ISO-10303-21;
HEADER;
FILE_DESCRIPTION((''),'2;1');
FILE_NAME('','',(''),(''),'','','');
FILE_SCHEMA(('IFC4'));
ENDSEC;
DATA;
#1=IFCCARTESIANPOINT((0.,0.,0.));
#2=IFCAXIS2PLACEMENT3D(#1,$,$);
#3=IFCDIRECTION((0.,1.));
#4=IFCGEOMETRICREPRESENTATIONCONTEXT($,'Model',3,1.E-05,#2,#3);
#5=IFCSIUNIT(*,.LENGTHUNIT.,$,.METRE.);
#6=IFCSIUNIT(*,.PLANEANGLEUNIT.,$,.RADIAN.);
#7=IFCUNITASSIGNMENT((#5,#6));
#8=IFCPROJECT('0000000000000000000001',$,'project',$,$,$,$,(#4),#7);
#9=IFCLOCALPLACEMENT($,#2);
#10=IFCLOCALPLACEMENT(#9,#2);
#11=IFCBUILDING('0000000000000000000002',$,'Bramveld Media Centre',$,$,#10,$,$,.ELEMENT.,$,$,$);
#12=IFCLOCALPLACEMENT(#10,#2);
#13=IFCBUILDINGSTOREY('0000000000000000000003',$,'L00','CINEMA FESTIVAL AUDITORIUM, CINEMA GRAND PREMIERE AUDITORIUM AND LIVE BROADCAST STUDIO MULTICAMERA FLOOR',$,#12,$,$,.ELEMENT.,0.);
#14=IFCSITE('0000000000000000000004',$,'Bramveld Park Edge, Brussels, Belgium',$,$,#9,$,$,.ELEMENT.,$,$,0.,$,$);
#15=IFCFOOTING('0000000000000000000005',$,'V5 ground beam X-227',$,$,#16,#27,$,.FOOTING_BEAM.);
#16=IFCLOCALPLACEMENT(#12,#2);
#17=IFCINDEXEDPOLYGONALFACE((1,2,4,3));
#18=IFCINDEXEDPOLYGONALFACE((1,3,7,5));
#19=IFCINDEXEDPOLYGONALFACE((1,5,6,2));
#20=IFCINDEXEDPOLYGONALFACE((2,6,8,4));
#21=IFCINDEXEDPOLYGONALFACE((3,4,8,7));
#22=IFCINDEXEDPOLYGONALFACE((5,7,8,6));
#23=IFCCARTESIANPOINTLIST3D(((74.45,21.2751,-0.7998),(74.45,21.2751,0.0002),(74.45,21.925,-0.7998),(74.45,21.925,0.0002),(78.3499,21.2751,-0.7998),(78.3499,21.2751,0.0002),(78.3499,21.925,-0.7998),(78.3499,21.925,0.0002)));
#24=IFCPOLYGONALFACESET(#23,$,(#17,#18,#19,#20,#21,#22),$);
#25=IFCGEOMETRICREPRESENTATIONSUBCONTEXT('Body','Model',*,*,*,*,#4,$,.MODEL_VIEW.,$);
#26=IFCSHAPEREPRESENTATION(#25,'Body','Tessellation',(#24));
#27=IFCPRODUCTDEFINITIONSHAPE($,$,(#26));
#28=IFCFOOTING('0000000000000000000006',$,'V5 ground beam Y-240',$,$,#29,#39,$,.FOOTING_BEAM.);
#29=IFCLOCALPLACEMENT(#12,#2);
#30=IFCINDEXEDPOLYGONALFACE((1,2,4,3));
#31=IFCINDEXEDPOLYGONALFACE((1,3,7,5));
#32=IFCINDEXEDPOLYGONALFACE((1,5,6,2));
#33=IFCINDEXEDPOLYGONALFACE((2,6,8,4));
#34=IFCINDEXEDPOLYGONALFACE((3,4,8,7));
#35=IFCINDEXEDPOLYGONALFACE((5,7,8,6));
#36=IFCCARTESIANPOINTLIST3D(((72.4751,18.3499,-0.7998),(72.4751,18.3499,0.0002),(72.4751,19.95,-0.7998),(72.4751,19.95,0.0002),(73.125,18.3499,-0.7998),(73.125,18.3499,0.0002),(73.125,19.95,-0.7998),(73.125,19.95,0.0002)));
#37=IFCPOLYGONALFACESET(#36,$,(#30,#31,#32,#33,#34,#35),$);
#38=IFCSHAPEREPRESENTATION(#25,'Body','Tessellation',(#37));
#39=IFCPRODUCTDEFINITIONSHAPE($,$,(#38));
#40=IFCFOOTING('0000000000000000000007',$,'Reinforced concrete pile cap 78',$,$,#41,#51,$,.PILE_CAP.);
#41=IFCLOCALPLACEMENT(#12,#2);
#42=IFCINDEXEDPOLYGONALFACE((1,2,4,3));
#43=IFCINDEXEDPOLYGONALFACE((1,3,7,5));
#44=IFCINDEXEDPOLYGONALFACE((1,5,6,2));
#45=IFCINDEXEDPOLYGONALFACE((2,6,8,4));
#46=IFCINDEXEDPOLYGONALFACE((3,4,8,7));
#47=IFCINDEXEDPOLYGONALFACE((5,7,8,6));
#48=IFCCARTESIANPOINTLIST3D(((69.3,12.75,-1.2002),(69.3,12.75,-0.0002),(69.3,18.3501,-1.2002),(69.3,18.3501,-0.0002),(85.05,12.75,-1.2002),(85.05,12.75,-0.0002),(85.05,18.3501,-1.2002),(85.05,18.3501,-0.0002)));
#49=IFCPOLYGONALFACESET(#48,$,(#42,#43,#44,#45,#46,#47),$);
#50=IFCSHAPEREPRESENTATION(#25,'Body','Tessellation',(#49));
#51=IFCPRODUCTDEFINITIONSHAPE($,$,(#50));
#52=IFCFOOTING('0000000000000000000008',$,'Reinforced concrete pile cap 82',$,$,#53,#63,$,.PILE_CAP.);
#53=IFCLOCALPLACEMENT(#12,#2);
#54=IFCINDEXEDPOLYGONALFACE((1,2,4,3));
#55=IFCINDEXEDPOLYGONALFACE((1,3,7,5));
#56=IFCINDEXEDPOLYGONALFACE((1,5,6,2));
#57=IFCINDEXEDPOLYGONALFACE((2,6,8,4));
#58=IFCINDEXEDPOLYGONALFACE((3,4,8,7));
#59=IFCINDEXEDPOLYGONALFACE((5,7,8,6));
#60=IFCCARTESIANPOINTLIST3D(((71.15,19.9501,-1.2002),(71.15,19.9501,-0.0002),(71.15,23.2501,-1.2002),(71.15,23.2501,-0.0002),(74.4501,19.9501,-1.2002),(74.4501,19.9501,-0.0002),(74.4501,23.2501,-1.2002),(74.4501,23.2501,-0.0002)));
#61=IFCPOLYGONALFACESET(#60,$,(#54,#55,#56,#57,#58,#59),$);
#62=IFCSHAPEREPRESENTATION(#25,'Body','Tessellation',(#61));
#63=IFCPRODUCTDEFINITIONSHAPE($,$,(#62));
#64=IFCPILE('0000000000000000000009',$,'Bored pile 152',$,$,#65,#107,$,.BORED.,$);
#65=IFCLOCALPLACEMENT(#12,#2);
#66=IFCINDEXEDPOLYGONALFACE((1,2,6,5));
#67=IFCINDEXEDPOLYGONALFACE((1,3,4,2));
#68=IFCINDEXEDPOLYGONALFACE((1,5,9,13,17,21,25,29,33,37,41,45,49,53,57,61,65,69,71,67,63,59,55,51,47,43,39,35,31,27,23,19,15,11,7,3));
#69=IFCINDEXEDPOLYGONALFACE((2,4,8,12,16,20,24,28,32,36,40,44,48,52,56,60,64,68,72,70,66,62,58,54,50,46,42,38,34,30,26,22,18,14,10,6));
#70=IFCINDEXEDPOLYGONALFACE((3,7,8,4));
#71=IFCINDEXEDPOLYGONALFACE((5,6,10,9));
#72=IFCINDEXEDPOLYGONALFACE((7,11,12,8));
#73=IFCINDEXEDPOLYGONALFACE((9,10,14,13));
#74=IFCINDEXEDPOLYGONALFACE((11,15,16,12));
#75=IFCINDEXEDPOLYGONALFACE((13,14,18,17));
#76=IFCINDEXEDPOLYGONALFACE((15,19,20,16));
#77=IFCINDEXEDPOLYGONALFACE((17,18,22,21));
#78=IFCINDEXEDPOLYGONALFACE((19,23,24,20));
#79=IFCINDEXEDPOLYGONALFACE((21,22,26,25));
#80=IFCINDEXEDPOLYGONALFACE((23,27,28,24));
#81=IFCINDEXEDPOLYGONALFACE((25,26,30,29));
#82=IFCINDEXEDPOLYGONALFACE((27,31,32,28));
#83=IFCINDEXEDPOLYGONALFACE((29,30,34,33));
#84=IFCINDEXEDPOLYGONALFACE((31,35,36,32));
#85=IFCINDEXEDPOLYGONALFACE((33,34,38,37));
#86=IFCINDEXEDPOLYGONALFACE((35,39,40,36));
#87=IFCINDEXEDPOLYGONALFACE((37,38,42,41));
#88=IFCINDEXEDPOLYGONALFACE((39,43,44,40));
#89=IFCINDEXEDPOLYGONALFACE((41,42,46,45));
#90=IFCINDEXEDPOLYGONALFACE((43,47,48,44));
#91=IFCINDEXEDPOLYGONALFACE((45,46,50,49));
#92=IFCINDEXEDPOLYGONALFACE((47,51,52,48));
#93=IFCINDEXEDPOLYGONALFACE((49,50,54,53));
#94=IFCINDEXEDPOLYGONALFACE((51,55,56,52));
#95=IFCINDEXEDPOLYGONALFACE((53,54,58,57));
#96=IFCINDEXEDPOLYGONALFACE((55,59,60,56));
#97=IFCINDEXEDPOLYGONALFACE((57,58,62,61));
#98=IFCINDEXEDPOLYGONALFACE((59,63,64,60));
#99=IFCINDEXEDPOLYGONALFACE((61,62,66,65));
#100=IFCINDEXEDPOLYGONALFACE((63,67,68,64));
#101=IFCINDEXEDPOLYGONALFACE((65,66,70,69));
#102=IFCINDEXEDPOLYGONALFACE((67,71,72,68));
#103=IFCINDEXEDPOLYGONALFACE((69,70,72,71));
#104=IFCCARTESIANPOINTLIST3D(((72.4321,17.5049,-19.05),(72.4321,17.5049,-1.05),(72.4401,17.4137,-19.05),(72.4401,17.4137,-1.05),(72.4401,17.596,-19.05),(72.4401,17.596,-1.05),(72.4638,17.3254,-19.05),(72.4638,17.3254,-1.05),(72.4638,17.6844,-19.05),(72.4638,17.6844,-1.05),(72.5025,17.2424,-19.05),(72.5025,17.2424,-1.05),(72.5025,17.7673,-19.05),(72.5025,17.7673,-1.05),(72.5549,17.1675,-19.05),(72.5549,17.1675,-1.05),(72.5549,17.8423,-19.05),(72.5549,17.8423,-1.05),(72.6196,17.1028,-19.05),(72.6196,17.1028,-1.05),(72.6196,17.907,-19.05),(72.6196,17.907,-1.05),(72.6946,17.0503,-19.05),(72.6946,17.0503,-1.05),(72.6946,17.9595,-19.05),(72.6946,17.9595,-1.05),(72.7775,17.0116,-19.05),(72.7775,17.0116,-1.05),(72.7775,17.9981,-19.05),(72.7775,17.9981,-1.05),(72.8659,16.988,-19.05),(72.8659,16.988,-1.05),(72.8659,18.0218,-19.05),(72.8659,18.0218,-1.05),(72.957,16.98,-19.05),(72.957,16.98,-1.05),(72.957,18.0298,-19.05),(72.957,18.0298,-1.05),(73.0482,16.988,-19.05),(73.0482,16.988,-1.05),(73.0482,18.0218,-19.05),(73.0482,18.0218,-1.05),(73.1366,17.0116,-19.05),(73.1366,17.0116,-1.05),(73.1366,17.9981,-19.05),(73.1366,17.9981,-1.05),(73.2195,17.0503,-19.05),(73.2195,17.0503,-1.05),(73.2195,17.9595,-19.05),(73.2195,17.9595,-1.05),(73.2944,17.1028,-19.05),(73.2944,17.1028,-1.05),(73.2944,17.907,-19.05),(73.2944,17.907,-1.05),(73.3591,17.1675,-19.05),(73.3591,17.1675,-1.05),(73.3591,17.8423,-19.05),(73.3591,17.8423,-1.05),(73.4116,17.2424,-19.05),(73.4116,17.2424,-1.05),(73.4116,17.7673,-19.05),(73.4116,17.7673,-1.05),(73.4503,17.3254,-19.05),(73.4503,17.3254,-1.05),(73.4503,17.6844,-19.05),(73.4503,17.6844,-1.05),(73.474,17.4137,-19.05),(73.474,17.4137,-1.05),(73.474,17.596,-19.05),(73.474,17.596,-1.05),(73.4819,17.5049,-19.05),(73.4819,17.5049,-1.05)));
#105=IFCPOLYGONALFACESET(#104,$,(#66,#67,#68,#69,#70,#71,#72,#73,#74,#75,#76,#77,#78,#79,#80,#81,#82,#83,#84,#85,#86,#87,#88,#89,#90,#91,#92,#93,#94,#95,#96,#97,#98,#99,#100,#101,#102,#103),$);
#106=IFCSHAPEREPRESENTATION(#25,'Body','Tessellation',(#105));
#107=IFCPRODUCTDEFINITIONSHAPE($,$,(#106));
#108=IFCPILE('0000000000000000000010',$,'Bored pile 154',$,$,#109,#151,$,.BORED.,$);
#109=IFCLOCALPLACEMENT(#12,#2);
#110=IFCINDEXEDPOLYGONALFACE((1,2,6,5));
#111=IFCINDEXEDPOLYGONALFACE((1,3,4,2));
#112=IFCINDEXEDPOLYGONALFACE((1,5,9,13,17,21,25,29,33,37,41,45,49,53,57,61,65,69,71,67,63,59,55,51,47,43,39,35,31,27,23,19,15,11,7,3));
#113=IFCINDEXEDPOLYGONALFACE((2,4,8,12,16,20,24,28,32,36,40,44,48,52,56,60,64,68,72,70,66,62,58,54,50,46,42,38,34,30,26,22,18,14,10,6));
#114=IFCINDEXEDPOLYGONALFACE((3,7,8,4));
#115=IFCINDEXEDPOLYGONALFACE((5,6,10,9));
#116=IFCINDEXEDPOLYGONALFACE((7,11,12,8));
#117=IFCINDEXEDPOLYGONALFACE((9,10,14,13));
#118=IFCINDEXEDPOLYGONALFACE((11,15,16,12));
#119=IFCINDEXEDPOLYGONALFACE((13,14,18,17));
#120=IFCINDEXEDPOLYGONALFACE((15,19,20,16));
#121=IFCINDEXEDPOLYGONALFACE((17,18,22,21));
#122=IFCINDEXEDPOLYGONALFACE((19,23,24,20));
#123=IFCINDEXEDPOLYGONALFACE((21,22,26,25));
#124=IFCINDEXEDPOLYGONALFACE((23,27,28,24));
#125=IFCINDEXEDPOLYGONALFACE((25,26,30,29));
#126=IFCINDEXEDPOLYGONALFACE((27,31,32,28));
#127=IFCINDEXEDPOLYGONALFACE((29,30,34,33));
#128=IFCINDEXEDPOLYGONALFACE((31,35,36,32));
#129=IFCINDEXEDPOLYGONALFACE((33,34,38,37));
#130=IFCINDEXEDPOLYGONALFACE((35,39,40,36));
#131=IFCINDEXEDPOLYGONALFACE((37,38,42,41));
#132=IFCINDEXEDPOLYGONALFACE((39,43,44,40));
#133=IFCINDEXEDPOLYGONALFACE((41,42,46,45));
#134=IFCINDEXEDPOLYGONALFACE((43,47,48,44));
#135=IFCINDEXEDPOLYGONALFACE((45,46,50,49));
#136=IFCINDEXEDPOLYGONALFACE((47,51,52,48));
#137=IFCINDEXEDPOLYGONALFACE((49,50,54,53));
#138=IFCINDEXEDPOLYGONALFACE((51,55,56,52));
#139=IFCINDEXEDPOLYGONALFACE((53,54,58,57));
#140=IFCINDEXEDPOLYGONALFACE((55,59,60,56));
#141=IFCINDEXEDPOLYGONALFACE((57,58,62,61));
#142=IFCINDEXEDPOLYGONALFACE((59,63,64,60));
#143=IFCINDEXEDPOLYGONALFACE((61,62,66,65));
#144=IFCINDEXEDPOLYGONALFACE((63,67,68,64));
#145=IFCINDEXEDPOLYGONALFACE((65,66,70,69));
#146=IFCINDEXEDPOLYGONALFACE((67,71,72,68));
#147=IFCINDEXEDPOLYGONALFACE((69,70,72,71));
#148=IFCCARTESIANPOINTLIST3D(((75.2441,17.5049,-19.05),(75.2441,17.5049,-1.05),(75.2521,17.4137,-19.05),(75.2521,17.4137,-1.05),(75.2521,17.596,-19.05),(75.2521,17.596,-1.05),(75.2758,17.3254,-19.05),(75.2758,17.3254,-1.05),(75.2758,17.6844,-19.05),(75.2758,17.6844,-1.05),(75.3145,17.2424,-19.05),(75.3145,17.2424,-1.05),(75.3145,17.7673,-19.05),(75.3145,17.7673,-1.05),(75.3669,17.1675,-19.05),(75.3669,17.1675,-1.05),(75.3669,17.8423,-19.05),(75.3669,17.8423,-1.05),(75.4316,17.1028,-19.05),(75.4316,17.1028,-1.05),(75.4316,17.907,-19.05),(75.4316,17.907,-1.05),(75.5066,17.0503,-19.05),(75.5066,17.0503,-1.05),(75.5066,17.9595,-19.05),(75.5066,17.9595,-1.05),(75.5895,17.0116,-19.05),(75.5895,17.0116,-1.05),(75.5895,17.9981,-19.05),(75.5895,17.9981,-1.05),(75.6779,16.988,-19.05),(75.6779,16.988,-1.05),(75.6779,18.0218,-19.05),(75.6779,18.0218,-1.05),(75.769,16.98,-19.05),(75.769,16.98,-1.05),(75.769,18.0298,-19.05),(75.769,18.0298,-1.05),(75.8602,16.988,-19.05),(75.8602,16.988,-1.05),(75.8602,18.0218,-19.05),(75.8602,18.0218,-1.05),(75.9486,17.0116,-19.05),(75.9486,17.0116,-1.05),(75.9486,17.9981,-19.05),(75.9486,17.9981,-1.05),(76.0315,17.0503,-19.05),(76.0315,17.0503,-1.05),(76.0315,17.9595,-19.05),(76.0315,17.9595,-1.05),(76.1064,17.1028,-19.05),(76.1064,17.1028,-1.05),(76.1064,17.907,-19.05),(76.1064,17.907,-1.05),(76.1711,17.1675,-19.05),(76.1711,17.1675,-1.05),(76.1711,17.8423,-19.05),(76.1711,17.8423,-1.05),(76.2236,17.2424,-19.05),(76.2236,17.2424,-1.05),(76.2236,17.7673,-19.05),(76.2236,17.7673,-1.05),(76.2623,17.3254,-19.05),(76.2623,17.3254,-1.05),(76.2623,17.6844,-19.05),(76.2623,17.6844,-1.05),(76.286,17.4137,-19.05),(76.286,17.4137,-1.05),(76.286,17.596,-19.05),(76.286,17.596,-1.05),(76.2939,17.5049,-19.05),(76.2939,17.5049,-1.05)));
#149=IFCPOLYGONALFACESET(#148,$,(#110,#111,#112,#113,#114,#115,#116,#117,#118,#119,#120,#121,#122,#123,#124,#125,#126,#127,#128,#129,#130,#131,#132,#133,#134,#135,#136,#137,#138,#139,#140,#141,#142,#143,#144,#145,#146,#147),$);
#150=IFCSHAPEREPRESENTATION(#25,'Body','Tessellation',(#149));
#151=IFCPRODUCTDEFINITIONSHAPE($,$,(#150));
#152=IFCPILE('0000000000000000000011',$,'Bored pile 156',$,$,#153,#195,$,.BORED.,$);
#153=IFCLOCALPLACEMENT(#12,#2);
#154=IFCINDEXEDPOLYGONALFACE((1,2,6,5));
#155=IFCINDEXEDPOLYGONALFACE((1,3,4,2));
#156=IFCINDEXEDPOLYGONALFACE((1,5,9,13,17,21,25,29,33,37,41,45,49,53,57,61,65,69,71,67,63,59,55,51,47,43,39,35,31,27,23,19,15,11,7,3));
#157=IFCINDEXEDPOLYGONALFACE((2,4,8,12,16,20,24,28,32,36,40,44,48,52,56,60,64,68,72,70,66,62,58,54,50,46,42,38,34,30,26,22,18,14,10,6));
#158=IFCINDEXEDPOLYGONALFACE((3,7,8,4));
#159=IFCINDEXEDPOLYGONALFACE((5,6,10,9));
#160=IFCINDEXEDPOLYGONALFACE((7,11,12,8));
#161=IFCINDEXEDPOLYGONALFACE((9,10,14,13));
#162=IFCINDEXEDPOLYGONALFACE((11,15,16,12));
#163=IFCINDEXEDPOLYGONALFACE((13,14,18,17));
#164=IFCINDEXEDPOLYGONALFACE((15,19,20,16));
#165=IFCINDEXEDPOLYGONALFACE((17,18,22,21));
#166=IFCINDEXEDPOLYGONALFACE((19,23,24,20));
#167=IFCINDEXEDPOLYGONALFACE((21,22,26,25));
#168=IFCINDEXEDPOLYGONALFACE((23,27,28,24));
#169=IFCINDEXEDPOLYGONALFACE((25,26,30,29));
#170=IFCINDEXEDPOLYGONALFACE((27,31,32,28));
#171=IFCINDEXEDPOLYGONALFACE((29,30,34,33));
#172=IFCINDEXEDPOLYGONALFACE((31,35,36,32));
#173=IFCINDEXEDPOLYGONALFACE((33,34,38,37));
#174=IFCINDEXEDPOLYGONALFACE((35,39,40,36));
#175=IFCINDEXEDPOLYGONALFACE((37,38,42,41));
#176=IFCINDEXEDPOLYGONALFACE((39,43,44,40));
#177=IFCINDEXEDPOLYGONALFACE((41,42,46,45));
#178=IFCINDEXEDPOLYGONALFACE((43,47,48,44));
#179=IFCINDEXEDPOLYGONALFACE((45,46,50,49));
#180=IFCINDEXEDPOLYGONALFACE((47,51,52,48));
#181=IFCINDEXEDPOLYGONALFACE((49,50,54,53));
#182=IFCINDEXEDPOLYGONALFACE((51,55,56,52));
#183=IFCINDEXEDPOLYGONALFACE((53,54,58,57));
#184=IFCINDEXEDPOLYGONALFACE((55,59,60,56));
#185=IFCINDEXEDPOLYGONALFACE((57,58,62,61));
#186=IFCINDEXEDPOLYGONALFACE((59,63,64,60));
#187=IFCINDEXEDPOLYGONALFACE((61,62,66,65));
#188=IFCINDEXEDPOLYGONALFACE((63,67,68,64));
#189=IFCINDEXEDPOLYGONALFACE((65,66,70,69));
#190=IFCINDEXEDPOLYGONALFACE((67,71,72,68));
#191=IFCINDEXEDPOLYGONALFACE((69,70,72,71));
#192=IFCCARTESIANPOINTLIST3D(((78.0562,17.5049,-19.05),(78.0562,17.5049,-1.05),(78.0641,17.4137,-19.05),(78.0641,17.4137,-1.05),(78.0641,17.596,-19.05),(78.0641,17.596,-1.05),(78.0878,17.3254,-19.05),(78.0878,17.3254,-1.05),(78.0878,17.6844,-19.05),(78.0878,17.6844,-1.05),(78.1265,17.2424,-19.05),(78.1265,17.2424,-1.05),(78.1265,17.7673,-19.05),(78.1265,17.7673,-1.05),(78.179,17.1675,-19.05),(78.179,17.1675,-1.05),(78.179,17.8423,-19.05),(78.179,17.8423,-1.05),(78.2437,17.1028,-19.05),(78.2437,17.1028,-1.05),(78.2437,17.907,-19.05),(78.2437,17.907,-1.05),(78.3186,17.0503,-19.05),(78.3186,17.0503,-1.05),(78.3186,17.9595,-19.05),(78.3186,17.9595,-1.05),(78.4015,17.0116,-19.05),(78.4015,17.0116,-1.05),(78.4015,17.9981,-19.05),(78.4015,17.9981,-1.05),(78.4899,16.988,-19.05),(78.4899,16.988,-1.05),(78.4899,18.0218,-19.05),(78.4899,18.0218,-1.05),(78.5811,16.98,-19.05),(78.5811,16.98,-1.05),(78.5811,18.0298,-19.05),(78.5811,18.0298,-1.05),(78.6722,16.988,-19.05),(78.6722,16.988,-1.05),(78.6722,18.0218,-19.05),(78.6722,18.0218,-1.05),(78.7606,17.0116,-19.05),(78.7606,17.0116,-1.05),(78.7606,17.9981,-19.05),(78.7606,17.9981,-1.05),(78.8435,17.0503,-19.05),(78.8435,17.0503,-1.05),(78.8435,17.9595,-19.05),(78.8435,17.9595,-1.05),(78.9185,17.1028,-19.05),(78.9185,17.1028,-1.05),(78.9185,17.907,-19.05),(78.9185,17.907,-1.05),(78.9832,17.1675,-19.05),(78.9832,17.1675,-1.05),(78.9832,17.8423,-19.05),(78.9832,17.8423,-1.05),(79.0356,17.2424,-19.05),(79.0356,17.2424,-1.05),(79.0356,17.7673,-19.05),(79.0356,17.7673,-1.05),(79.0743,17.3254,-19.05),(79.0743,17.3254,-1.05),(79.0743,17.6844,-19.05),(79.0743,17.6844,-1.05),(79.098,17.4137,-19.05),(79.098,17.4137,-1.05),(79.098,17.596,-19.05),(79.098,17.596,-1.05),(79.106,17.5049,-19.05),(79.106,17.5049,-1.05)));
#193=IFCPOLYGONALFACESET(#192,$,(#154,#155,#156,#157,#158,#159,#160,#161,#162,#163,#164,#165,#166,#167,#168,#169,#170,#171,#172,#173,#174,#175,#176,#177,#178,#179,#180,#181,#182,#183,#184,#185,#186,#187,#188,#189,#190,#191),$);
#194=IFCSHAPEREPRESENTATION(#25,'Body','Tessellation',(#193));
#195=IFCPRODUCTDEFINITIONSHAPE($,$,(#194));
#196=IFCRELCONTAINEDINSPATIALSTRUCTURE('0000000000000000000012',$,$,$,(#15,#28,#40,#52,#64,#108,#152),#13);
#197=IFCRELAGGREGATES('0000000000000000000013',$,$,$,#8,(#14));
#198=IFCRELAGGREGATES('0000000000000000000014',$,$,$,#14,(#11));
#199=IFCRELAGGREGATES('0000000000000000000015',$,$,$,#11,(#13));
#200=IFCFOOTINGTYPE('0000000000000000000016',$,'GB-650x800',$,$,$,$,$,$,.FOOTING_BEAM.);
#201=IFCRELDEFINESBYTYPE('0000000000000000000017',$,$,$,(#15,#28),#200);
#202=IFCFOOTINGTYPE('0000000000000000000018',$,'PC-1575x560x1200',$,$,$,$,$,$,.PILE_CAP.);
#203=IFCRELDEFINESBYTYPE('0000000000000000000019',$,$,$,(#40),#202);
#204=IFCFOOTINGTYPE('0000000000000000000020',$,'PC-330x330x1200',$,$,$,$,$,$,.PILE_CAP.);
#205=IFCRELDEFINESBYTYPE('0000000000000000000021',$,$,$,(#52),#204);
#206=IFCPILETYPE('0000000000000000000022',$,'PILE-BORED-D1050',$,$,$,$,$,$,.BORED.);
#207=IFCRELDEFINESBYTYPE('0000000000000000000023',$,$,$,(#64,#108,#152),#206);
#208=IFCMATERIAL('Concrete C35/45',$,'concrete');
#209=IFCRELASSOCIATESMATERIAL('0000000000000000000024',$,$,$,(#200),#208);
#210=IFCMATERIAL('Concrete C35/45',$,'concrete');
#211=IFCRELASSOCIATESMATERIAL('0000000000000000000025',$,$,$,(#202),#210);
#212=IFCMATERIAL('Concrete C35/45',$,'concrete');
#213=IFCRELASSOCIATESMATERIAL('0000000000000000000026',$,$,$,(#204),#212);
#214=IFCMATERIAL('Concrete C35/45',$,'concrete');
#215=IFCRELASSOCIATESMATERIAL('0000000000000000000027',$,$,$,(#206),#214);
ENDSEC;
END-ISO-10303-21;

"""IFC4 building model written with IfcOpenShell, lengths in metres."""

from ifc_helpers import new_model, si_unit, direction, frame, origin, origin_2d, place, context, subcontext, project, spatial, rectangle, circle, extrude, material, material_profile, profile_set, type_object, element, save


model = new_model("IFC4")

# Units and contexts
model_context = context("Model", 3, precision=1e-05, world=origin(), true_north=direction((0.0, 1.0)))
body_context = subcontext(model_context, "Body", "Model", "MODEL_VIEW")
ifc_project = project(units=[si_unit("LENGTHUNIT", "METRE"), si_unit("PLANEANGLEUNIT", "RADIAN")], contexts=[model_context])

# Site, building, storey
site_placement = place(None, origin())
site = spatial("IfcSite", under=ifc_project, at=site_placement, Name="Bramveld Park Edge, Brussels, Belgium", CompositionType="ELEMENT", RefElevation=0.0)
building_placement = place(site_placement, origin())
building = spatial("IfcBuilding", under=site, at=building_placement, Name="Bramveld Media Centre", CompositionType="ELEMENT")
storey_placement = place(building_placement, origin())
storey = spatial("IfcBuildingStorey", under=building, at=storey_placement, Name="L00", Description="CINEMA FESTIVAL AUDITORIUM, CINEMA GRAND PREMIERE AUDITORIUM AND LIVE BROADCAST STUDIO MULTICAMERA FLOOR", CompositionType="ELEMENT", Elevation=0.0)

# Footings
ifc_material_1 = material(Name="Concrete C35/45", Category="concrete")
footing_type_1 = type_object("IfcFootingType", Name="GB-650x800", PredefinedType="FOOTING_BEAM", material=ifc_material_1)
footing_1_placement = place(storey_placement, frame((76.3999, 21.6001, -0.7998), z_axis=(0.0, 0.0, 1.0), x_axis=(1.0, 0.0, 0.0)))
element("IfcFooting", 1, at=footing_1_placement, inside=storey, type_object=footing_type_1, Name="V5 ground beam X-227", PredefinedType="FOOTING_BEAM", context=body_context, shape_type="SweptSolid", body=[
    extrude(rectangle(XDim=3.8999, YDim=0.6499, at=origin_2d()), origin(), (0.0, 0.0, 1.0), 0.8),
])
footing_2_placement = place(storey_placement, frame((72.8, 19.1499, -0.7998), z_axis=(0.0, 0.0, 1.0), x_axis=(1.0, 0.0, 0.0)))
element("IfcFooting", 2, at=footing_2_placement, inside=storey, type_object=footing_type_1, Name="V5 ground beam Y-240", PredefinedType="FOOTING_BEAM", context=body_context, shape_type="SweptSolid", body=[
    extrude(rectangle(XDim=0.6499, YDim=1.6001, at=origin_2d()), origin(), (0.0, 0.0, 1.0), 0.8),
])
ifc_material_2 = material(Name="Concrete C35/45", Category="concrete")
footing_type_2 = type_object("IfcFootingType", Name="PC-1575x560x1200", PredefinedType="PILE_CAP", material=ifc_material_2)
footing_3_placement = place(storey_placement, frame((77.175, 15.55, -1.2002), z_axis=(0.0, 0.0, 1.0), x_axis=(1.0, 0.0, 0.0)))
element("IfcFooting", 3, at=footing_3_placement, inside=storey, type_object=footing_type_2, Name="Reinforced concrete pile cap 78", PredefinedType="PILE_CAP", context=body_context, shape_type="SweptSolid", body=[
    extrude(rectangle(XDim=15.75, YDim=5.6001, at=origin_2d()), origin(), (0.0, 0.0, 1.0), 1.2),
])
ifc_material_3 = material(Name="Concrete C35/45", Category="concrete")
footing_type_3 = type_object("IfcFootingType", Name="PC-330x330x1200", PredefinedType="PILE_CAP", material=ifc_material_3)
footing_4_placement = place(storey_placement, frame((72.8, 21.6001, -1.2002), z_axis=(0.0, 0.0, 1.0), x_axis=(1.0, 0.0, 0.0)))
element("IfcFooting", 4, at=footing_4_placement, inside=storey, type_object=footing_type_3, Name="Reinforced concrete pile cap 82", PredefinedType="PILE_CAP", context=body_context, shape_type="SweptSolid", body=[
    extrude(rectangle(XDim=3.3, YDim=3.3, at=origin_2d()), origin(), (0.0, 0.0, 1.0), 1.2),
])

# Piles
ifc_material_4 = material(Name="Concrete C35/45", Category="concrete")
ifc_material_profile_1 = material_profile(ifc_material_4, circle(Radius=0.5249, at=origin_2d()), Name="BORED D1050")
ifc_profile_set_1 = profile_set([ifc_material_profile_1], Name="Concrete C35/45")
pile_type_1 = type_object("IfcPileType", Name="PILE-BORED-D1050", PredefinedType="BORED", material=ifc_profile_set_1)
for number, where, z_axis, x_axis, name in (
    (5, (72.957, 17.5049, -1.05), (0.0, 0.0, -1.0), (1.0, 0.0, 0.0), "Bored pile 152"),
    (6, (75.769, 17.5049, -1.05), (0.0, 0.0, -1.0), (1.0, 0.0, 0.0), "Bored pile 154"),
    (7, (78.5811, 17.5049, -1.05), (0.0, 0.0, -1.0), (1.0, 0.0, 0.0), "Bored pile 156"),
):
    element("IfcPile", number, at=place(storey_placement, frame(where, z_axis=z_axis, x_axis=x_axis)), inside=storey, type_object=pile_type_1, Name=name, PredefinedType="BORED", context=body_context, shape_type="SweptSolid", body=[
        extrude(circle(Radius=0.5249, at=origin_2d()), origin(), (0.0, 0.0, 1.0), 18.0),
    ])

save(model, "model.ifc")
